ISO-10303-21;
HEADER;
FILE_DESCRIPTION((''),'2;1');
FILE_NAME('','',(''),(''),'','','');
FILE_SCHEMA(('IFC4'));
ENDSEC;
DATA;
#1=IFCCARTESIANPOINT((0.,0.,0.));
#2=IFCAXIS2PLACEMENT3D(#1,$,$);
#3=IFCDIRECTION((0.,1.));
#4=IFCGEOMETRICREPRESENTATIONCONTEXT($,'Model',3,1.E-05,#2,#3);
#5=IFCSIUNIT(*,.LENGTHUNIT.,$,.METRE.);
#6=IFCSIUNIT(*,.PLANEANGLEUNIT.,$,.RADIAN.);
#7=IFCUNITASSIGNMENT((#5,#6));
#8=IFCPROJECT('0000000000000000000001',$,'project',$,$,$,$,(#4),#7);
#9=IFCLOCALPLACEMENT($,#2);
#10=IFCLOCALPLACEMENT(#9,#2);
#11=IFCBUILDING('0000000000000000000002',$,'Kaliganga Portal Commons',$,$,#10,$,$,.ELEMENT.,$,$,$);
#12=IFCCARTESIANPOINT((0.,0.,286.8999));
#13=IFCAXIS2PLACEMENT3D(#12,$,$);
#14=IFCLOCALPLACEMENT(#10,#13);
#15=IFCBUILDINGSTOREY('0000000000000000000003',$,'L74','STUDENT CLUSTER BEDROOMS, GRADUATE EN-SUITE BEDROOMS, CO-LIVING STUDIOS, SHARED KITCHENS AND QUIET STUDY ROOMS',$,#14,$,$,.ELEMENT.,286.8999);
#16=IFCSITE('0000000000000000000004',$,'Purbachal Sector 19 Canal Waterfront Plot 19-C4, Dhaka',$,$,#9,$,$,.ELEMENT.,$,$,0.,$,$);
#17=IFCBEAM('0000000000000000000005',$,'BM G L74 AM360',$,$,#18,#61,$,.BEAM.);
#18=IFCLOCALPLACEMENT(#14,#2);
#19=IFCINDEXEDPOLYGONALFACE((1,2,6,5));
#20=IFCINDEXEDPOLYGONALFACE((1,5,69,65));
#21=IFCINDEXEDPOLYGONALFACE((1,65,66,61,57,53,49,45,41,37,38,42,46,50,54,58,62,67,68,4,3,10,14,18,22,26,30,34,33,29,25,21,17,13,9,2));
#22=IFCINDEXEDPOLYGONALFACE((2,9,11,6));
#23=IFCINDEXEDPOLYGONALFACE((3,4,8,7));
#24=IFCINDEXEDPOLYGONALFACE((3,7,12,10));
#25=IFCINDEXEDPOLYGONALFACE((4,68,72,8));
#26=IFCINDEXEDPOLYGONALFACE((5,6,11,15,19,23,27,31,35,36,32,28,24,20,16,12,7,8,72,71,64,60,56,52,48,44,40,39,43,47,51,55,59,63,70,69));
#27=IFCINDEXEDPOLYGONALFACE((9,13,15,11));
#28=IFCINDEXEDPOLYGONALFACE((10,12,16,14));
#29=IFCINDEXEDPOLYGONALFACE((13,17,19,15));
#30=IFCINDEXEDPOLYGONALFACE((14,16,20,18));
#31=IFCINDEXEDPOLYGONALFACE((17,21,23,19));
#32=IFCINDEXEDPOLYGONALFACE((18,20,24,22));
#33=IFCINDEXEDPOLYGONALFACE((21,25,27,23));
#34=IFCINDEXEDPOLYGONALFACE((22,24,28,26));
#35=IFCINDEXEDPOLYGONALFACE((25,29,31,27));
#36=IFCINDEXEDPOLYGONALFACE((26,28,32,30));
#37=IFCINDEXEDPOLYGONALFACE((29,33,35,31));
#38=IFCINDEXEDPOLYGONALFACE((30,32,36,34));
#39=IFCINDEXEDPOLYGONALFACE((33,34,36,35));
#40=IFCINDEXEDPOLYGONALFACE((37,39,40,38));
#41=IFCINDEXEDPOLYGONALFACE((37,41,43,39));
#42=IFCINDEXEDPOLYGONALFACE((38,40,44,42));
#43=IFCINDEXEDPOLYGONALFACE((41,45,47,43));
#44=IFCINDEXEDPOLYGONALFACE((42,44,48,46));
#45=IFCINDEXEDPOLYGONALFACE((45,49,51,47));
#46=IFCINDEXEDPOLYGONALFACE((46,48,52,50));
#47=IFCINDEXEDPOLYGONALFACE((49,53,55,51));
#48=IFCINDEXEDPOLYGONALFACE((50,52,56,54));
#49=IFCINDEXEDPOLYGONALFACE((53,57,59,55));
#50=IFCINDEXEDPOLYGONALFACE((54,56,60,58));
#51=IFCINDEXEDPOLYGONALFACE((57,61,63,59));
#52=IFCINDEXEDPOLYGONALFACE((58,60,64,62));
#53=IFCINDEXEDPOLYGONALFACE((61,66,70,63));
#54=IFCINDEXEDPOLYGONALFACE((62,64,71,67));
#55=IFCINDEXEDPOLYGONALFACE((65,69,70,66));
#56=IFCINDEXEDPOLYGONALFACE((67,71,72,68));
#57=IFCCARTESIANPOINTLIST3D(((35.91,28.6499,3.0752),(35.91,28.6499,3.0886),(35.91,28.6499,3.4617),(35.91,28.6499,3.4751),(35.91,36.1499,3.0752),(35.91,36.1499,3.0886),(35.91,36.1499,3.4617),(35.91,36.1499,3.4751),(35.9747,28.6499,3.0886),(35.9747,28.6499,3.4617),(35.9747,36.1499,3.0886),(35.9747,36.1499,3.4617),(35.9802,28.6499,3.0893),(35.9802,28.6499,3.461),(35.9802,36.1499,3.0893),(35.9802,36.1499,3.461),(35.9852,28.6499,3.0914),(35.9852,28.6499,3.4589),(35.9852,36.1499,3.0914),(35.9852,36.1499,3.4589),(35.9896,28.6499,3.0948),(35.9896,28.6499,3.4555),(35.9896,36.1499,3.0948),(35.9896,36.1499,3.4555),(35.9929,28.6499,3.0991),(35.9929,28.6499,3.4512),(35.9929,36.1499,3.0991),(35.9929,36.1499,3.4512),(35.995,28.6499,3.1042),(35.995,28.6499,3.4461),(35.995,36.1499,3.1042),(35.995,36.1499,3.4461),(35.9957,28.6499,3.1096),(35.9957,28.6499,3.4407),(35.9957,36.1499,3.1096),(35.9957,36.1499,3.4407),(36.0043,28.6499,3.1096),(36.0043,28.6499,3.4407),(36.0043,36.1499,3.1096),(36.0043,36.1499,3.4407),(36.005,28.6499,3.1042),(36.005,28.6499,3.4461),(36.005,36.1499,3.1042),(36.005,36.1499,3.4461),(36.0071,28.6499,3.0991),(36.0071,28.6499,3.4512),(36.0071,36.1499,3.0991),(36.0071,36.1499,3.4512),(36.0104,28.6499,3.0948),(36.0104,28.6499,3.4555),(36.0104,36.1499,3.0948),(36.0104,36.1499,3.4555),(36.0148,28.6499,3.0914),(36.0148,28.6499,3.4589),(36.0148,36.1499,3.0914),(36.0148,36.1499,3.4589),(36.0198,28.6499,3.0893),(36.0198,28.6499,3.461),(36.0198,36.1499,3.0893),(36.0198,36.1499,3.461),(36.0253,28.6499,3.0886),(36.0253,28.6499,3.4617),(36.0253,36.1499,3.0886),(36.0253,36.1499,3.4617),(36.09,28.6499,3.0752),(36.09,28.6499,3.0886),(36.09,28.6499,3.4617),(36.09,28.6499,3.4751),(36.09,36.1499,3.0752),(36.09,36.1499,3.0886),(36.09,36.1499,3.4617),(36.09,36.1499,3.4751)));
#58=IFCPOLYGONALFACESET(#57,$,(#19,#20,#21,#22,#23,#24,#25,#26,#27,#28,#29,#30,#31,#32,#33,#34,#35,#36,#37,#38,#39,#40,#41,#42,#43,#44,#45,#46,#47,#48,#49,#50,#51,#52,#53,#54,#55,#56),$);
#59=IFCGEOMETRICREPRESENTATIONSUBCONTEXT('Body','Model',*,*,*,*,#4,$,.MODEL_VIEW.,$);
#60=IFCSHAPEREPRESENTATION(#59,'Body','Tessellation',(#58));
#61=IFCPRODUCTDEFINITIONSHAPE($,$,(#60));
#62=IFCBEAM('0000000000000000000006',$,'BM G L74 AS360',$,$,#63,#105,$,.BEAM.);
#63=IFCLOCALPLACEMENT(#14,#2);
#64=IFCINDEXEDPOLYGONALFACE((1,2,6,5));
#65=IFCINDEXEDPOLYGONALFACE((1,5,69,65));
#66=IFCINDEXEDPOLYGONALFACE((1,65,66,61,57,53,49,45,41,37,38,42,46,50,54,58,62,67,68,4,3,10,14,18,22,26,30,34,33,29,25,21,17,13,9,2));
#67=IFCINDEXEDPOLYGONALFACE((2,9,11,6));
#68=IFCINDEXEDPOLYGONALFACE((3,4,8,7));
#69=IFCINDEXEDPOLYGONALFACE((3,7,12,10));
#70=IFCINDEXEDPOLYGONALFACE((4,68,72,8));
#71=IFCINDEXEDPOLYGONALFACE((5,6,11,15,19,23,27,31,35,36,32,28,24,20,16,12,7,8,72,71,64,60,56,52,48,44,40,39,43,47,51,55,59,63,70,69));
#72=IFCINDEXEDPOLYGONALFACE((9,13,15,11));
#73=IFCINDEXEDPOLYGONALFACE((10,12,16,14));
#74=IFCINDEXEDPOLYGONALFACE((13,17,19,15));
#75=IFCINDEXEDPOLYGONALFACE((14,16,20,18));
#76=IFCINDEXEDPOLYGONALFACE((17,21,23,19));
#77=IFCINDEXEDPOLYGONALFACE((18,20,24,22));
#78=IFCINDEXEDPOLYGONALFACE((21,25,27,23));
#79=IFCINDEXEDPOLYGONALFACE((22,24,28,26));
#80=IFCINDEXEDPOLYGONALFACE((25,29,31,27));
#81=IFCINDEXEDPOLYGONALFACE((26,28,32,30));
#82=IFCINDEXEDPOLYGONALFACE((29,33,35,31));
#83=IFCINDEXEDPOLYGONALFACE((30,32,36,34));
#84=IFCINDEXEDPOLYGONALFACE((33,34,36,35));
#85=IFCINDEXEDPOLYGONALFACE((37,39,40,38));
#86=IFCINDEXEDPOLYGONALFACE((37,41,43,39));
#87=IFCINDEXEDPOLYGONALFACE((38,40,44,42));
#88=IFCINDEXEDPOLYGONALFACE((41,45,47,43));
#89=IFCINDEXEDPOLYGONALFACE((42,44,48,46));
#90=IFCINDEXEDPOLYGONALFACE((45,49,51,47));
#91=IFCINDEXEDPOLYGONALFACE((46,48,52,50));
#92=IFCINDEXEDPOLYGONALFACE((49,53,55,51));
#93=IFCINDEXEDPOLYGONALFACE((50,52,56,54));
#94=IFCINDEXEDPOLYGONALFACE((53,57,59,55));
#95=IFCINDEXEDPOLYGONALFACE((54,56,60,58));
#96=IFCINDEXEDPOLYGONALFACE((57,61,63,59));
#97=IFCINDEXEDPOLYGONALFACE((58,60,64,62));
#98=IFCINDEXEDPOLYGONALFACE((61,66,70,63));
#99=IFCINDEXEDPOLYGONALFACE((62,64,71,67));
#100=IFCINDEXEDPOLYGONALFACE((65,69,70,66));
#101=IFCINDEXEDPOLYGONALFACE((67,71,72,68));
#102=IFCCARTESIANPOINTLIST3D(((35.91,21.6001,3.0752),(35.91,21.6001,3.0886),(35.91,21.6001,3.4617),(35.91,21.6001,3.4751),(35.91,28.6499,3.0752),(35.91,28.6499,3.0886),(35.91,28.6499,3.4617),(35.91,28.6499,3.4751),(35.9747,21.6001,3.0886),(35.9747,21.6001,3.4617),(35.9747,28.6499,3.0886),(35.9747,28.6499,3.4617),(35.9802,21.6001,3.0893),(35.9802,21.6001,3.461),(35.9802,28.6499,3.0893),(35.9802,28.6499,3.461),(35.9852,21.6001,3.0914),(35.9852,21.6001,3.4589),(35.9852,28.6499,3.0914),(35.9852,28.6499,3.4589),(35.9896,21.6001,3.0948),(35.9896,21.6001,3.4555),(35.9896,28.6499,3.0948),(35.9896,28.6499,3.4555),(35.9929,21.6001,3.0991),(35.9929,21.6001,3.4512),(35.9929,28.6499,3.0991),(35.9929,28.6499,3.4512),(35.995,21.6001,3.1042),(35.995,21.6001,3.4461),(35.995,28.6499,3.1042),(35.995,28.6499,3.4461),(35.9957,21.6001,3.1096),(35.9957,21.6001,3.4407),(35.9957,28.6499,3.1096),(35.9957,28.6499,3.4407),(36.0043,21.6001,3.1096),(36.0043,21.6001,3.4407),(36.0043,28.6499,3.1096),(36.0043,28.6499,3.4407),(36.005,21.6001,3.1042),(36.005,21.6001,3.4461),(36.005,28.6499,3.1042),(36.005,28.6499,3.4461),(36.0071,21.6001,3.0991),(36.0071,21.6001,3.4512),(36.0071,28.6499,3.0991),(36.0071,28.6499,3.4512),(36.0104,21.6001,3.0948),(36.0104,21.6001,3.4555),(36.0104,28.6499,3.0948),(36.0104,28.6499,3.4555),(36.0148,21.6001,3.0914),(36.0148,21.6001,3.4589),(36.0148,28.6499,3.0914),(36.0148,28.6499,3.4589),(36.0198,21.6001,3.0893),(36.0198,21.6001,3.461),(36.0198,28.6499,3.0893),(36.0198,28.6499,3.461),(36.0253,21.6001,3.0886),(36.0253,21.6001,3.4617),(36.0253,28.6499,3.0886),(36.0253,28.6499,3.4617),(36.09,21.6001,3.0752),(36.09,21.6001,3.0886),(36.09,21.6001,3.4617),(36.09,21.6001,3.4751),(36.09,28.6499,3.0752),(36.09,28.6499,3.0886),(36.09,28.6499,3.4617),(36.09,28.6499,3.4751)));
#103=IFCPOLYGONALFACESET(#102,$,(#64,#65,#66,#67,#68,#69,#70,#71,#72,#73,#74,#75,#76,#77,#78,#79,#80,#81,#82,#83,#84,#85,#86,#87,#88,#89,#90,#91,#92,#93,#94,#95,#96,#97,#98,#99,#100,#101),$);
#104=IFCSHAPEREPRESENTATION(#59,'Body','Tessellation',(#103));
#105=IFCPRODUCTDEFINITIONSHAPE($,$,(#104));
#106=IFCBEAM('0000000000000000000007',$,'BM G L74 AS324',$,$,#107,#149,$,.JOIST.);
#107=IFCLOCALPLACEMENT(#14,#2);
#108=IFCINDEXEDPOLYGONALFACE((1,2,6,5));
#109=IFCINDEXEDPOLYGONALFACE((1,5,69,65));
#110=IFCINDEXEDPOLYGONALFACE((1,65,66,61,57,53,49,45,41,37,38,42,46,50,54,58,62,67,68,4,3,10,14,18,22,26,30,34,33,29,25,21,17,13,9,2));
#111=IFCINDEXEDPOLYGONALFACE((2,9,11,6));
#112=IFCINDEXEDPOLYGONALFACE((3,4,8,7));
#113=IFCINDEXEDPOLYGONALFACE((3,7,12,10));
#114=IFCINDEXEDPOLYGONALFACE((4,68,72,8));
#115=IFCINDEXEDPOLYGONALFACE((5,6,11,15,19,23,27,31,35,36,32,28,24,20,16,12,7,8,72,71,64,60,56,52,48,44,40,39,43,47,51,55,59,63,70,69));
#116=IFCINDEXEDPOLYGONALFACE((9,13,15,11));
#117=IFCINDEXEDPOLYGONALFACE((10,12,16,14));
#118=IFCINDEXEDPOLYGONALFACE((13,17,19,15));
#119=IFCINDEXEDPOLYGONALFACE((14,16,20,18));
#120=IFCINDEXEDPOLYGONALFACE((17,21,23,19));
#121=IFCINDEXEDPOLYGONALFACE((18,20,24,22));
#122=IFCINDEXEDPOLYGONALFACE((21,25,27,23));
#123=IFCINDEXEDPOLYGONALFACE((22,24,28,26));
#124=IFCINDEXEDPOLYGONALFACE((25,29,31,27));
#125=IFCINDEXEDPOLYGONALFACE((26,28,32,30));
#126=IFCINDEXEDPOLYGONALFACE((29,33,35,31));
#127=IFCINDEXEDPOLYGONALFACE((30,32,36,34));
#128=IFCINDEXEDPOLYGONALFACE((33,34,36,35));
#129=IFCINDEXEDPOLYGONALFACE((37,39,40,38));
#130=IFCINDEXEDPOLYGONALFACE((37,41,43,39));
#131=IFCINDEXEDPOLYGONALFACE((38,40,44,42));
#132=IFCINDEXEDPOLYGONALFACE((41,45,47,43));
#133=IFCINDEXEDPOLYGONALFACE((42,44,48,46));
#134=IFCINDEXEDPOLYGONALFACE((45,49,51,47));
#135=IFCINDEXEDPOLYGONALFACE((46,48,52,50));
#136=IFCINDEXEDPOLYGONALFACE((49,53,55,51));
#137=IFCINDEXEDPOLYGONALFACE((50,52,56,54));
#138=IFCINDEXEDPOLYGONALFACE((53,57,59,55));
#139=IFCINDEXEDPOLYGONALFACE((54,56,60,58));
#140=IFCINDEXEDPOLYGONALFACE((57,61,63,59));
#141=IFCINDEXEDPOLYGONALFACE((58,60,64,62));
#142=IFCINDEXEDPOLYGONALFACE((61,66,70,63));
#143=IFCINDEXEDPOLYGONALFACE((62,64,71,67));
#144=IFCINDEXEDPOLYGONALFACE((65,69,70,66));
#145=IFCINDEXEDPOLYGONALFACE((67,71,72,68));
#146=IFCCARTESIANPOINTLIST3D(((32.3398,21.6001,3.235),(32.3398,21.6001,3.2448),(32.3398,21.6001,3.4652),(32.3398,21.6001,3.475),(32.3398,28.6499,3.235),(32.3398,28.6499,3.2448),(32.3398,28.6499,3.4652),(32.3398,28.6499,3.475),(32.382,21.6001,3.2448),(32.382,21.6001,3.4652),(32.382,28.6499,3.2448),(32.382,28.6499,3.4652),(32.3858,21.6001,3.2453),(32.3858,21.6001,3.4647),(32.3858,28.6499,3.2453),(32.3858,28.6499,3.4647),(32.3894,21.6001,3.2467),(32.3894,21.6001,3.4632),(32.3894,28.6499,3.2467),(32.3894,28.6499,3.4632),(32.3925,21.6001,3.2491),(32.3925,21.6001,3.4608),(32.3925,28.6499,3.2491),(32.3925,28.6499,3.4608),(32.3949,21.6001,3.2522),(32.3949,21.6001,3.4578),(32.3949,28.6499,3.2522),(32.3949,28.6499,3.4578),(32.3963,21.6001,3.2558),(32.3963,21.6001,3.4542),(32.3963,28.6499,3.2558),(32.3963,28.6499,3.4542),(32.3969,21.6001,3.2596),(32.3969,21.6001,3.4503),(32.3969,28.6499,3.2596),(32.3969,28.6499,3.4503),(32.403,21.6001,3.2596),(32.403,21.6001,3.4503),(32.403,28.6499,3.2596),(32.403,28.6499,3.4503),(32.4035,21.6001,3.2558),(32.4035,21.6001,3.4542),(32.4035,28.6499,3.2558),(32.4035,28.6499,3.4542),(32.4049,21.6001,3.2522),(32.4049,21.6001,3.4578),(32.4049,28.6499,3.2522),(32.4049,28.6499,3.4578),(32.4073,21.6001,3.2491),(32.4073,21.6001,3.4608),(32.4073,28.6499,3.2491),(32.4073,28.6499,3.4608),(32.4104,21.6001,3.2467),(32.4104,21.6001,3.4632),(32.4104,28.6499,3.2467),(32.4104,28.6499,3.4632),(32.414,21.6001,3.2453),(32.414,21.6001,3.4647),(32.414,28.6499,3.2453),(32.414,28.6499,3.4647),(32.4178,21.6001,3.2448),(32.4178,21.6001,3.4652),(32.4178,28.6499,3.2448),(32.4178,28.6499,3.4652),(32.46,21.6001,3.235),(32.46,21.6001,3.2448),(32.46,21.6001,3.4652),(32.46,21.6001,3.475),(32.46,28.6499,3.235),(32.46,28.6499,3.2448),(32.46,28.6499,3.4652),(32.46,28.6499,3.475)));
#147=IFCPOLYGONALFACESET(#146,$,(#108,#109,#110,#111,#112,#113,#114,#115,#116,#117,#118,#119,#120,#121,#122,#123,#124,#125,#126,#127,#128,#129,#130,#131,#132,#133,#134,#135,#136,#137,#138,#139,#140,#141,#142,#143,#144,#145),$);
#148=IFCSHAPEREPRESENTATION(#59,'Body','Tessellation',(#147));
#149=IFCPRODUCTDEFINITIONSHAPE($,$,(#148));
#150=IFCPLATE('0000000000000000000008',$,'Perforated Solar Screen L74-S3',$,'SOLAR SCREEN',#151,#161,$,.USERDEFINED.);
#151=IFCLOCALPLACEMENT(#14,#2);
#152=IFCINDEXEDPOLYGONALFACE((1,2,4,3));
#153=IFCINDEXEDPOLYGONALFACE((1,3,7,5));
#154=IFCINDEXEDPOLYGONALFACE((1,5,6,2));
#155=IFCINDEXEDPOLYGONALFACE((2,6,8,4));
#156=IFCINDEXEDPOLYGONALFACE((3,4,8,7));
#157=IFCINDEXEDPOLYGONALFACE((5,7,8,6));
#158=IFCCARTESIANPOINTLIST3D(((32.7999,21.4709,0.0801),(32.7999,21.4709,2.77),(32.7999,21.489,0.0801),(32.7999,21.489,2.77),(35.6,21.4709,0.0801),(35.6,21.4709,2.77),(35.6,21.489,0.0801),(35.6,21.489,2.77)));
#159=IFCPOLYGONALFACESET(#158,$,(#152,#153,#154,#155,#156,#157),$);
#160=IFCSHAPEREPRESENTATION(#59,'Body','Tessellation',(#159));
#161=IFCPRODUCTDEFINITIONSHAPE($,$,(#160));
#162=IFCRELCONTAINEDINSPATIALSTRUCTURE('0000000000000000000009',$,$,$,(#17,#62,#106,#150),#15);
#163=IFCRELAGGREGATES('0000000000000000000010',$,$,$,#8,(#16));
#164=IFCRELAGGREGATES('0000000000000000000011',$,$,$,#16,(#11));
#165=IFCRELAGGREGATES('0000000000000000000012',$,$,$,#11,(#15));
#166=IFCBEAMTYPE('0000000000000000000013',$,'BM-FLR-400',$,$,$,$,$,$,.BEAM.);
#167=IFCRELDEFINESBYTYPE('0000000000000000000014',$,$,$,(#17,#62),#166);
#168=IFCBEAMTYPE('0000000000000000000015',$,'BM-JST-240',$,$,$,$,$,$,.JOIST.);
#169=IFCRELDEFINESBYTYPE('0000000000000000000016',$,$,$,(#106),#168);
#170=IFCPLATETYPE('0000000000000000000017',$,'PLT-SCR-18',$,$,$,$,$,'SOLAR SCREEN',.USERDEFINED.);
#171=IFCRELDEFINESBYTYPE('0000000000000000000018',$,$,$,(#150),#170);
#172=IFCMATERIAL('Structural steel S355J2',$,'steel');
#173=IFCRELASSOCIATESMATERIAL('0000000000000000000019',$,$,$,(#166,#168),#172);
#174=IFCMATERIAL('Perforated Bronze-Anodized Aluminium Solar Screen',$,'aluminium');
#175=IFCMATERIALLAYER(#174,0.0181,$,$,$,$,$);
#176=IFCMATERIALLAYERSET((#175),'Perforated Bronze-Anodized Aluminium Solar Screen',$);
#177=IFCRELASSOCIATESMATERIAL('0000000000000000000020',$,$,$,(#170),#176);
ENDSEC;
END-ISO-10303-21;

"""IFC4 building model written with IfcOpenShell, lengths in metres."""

from ifc_helpers import new_model, si_unit, direction, frame, origin, origin_2d, place, context, subcontext, project, spatial, rectangle, i_section, extrude, source, transform, mapped, material, layer, layer_set, material_profile, profile_set, type_object, element, save


model = new_model("IFC4")

# Units and contexts
model_context = context("Model", 3, precision=1e-05, world=origin(), true_north=direction((0.0, 1.0)))
body_context = subcontext(model_context, "Body", "Model", "MODEL_VIEW")
ifc_project = project(units=[si_unit("LENGTHUNIT", "METRE"), si_unit("PLANEANGLEUNIT", "RADIAN")], contexts=[model_context])

# Site, building, storey
site_placement = place(None, origin())
site = spatial("IfcSite", under=ifc_project, at=site_placement, Name="Purbachal Sector 19 Canal Waterfront Plot 19-C4, Dhaka", CompositionType="ELEMENT", RefElevation=0.0)
building_placement = place(site_placement, origin())
building = spatial("IfcBuilding", under=site, at=building_placement, Name="Kaliganga Portal Commons", CompositionType="ELEMENT")
storey_placement = place(building_placement, frame((0.0, 0.0, 286.8999)))
storey = spatial("IfcBuildingStorey", under=building, at=storey_placement, Name="L74", Description="STUDENT CLUSTER BEDROOMS, GRADUATE EN-SUITE BEDROOMS, CO-LIVING STUDIOS, SHARED KITCHENS AND QUIET STUDY ROOMS", CompositionType="ELEMENT", Elevation=286.8999)

# Beams
ifc_material_1 = material(Name="Structural steel S355J2", Category="steel")
ifc_material_profile_1 = material_profile(ifc_material_1, i_section(OverallWidth=0.1799, OverallDepth=0.3999, WebThickness=0.0085, FlangeThickness=0.0134, FilletRadius=0.021, at=origin_2d()), Name="IPE 400")
ifc_profile_set_1 = profile_set([ifc_material_profile_1], Name="Structural steel S355J2 wide-flange")
beam_type_1 = type_object("IfcBeamType", Name="BM-FLR-400", PredefinedType="BEAM", material=ifc_profile_set_1)
shared_shape_1 = source(origin(), body_context, "Body", "SweptSolid", [
    extrude(i_section(OverallWidth=0.1799, OverallDepth=0.3999, WebThickness=0.0085, FlangeThickness=0.0134, FilletRadius=0.021, at=origin_2d()), origin(), (0.0, 0.0, 1.0), 7.5),
])
beam_1_placement = place(storey_placement, frame((36.0, 28.6499, 3.2751), z_axis=(0.0, 1.0, 0.0), x_axis=(-1.0, 0.0, 0.0)))
element("IfcBeam", 1, at=beam_1_placement, inside=storey, type_object=beam_type_1, Name="BM G L74 AM360", PredefinedType="BEAM", context=body_context, shape_type="MappedRepresentation", body=[
    mapped(shared_shape_1, transform((0.0, 0.0, 0.0), x_axis=(1.0, 0.0, 0.0), y_axis=(0.0, 1.0, 0.0), z_axis=(0.0, 0.0, 1.0), scale=1.0)),
])
shared_shape_2 = source(origin(), body_context, "Body", "SweptSolid", [
    extrude(i_section(OverallWidth=0.1799, OverallDepth=0.3999, WebThickness=0.0085, FlangeThickness=0.0134, FilletRadius=0.021, at=origin_2d()), origin(), (0.0, 0.0, 1.0), 7.0498),
])
beam_2_placement = place(storey_placement, frame((36.0, 21.6001, 3.2751), z_axis=(0.0, 1.0, 0.0), x_axis=(-1.0, 0.0, 0.0)))
element("IfcBeam", 2, at=beam_2_placement, inside=storey, type_object=beam_type_1, Name="BM G L74 AS360", PredefinedType="BEAM", context=body_context, shape_type="MappedRepresentation", body=[
    mapped(shared_shape_2, transform((0.0, 0.0, 0.0), x_axis=(1.0, 0.0, 0.0), y_axis=(0.0, 1.0, 0.0), z_axis=(0.0, 0.0, 1.0), scale=1.0)),
])
ifc_material_profile_2 = material_profile(ifc_material_1, i_section(OverallWidth=0.1201, OverallDepth=0.24, WebThickness=0.0061, FlangeThickness=0.0098, FilletRadius=0.0149, at=origin_2d()), Name="IPE 240")
ifc_profile_set_2 = profile_set([ifc_material_profile_2], Name="Structural steel S355J2 wide-flange")
beam_type_2 = type_object("IfcBeamType", Name="BM-JST-240", PredefinedType="JOIST", material=ifc_profile_set_2)
shared_shape_3 = source(origin(), body_context, "Body", "SweptSolid", [
    extrude(i_section(OverallWidth=0.1201, OverallDepth=0.24, WebThickness=0.0061, FlangeThickness=0.0098, FilletRadius=0.0149, at=origin_2d()), origin(), (0.0, 0.0, 1.0), 7.0498),
])
beam_3_placement = place(storey_placement, frame((32.3999, 21.6001, 3.355), z_axis=(0.0, 1.0, 0.0), x_axis=(-1.0, 0.0, 0.0)))
element("IfcBeam", 3, at=beam_3_placement, inside=storey, type_object=beam_type_2, Name="BM G L74 AS324", PredefinedType="JOIST", context=body_context, shape_type="MappedRepresentation", body=[
    mapped(shared_shape_3, transform((0.0, 0.0, 0.0), x_axis=(1.0, 0.0, 0.0), y_axis=(0.0, 1.0, 0.0), z_axis=(0.0, 0.0, 1.0), scale=1.0)),
])

# Plate
ifc_material_2 = material(Name="Perforated Bronze-Anodized Aluminium Solar Screen", Category="aluminium")
ifc_layer_1 = layer(ifc_material_2, 0.0181)
ifc_layer_set_1 = layer_set([ifc_layer_1], Name="Perforated Bronze-Anodized Aluminium Solar Screen")
plate_type = type_object("IfcPlateType", Name="PLT-SCR-18", ElementType="SOLAR SCREEN", PredefinedType="USERDEFINED", material=ifc_layer_set_1)
shared_shape_4 = source(origin(), body_context, "Body", "SweptSolid", [
    extrude(rectangle(XDim=2.8, YDim=0.0181, at=origin_2d()), origin(), (0.0, 0.0, 1.0), 2.6899),
])
plate_placement = place(storey_placement, frame((34.2, 21.48, 0.0801), z_axis=(0.0, 0.0, 1.0), x_axis=(1.0, 0.0, 0.0)))
element("IfcPlate", 4, at=plate_placement, inside=storey, type_object=plate_type, Name="Perforated Solar Screen L74-S3", ObjectType="SOLAR SCREEN", PredefinedType="USERDEFINED", context=body_context, shape_type="MappedRepresentation", body=[
    mapped(shared_shape_4, transform((0.0, 0.0, 0.0), x_axis=(1.0, 0.0, 0.0), y_axis=(0.0, 1.0, 0.0), z_axis=(0.0, 0.0, 1.0), scale=1.0)),
])

save(model, "model.ifc")
